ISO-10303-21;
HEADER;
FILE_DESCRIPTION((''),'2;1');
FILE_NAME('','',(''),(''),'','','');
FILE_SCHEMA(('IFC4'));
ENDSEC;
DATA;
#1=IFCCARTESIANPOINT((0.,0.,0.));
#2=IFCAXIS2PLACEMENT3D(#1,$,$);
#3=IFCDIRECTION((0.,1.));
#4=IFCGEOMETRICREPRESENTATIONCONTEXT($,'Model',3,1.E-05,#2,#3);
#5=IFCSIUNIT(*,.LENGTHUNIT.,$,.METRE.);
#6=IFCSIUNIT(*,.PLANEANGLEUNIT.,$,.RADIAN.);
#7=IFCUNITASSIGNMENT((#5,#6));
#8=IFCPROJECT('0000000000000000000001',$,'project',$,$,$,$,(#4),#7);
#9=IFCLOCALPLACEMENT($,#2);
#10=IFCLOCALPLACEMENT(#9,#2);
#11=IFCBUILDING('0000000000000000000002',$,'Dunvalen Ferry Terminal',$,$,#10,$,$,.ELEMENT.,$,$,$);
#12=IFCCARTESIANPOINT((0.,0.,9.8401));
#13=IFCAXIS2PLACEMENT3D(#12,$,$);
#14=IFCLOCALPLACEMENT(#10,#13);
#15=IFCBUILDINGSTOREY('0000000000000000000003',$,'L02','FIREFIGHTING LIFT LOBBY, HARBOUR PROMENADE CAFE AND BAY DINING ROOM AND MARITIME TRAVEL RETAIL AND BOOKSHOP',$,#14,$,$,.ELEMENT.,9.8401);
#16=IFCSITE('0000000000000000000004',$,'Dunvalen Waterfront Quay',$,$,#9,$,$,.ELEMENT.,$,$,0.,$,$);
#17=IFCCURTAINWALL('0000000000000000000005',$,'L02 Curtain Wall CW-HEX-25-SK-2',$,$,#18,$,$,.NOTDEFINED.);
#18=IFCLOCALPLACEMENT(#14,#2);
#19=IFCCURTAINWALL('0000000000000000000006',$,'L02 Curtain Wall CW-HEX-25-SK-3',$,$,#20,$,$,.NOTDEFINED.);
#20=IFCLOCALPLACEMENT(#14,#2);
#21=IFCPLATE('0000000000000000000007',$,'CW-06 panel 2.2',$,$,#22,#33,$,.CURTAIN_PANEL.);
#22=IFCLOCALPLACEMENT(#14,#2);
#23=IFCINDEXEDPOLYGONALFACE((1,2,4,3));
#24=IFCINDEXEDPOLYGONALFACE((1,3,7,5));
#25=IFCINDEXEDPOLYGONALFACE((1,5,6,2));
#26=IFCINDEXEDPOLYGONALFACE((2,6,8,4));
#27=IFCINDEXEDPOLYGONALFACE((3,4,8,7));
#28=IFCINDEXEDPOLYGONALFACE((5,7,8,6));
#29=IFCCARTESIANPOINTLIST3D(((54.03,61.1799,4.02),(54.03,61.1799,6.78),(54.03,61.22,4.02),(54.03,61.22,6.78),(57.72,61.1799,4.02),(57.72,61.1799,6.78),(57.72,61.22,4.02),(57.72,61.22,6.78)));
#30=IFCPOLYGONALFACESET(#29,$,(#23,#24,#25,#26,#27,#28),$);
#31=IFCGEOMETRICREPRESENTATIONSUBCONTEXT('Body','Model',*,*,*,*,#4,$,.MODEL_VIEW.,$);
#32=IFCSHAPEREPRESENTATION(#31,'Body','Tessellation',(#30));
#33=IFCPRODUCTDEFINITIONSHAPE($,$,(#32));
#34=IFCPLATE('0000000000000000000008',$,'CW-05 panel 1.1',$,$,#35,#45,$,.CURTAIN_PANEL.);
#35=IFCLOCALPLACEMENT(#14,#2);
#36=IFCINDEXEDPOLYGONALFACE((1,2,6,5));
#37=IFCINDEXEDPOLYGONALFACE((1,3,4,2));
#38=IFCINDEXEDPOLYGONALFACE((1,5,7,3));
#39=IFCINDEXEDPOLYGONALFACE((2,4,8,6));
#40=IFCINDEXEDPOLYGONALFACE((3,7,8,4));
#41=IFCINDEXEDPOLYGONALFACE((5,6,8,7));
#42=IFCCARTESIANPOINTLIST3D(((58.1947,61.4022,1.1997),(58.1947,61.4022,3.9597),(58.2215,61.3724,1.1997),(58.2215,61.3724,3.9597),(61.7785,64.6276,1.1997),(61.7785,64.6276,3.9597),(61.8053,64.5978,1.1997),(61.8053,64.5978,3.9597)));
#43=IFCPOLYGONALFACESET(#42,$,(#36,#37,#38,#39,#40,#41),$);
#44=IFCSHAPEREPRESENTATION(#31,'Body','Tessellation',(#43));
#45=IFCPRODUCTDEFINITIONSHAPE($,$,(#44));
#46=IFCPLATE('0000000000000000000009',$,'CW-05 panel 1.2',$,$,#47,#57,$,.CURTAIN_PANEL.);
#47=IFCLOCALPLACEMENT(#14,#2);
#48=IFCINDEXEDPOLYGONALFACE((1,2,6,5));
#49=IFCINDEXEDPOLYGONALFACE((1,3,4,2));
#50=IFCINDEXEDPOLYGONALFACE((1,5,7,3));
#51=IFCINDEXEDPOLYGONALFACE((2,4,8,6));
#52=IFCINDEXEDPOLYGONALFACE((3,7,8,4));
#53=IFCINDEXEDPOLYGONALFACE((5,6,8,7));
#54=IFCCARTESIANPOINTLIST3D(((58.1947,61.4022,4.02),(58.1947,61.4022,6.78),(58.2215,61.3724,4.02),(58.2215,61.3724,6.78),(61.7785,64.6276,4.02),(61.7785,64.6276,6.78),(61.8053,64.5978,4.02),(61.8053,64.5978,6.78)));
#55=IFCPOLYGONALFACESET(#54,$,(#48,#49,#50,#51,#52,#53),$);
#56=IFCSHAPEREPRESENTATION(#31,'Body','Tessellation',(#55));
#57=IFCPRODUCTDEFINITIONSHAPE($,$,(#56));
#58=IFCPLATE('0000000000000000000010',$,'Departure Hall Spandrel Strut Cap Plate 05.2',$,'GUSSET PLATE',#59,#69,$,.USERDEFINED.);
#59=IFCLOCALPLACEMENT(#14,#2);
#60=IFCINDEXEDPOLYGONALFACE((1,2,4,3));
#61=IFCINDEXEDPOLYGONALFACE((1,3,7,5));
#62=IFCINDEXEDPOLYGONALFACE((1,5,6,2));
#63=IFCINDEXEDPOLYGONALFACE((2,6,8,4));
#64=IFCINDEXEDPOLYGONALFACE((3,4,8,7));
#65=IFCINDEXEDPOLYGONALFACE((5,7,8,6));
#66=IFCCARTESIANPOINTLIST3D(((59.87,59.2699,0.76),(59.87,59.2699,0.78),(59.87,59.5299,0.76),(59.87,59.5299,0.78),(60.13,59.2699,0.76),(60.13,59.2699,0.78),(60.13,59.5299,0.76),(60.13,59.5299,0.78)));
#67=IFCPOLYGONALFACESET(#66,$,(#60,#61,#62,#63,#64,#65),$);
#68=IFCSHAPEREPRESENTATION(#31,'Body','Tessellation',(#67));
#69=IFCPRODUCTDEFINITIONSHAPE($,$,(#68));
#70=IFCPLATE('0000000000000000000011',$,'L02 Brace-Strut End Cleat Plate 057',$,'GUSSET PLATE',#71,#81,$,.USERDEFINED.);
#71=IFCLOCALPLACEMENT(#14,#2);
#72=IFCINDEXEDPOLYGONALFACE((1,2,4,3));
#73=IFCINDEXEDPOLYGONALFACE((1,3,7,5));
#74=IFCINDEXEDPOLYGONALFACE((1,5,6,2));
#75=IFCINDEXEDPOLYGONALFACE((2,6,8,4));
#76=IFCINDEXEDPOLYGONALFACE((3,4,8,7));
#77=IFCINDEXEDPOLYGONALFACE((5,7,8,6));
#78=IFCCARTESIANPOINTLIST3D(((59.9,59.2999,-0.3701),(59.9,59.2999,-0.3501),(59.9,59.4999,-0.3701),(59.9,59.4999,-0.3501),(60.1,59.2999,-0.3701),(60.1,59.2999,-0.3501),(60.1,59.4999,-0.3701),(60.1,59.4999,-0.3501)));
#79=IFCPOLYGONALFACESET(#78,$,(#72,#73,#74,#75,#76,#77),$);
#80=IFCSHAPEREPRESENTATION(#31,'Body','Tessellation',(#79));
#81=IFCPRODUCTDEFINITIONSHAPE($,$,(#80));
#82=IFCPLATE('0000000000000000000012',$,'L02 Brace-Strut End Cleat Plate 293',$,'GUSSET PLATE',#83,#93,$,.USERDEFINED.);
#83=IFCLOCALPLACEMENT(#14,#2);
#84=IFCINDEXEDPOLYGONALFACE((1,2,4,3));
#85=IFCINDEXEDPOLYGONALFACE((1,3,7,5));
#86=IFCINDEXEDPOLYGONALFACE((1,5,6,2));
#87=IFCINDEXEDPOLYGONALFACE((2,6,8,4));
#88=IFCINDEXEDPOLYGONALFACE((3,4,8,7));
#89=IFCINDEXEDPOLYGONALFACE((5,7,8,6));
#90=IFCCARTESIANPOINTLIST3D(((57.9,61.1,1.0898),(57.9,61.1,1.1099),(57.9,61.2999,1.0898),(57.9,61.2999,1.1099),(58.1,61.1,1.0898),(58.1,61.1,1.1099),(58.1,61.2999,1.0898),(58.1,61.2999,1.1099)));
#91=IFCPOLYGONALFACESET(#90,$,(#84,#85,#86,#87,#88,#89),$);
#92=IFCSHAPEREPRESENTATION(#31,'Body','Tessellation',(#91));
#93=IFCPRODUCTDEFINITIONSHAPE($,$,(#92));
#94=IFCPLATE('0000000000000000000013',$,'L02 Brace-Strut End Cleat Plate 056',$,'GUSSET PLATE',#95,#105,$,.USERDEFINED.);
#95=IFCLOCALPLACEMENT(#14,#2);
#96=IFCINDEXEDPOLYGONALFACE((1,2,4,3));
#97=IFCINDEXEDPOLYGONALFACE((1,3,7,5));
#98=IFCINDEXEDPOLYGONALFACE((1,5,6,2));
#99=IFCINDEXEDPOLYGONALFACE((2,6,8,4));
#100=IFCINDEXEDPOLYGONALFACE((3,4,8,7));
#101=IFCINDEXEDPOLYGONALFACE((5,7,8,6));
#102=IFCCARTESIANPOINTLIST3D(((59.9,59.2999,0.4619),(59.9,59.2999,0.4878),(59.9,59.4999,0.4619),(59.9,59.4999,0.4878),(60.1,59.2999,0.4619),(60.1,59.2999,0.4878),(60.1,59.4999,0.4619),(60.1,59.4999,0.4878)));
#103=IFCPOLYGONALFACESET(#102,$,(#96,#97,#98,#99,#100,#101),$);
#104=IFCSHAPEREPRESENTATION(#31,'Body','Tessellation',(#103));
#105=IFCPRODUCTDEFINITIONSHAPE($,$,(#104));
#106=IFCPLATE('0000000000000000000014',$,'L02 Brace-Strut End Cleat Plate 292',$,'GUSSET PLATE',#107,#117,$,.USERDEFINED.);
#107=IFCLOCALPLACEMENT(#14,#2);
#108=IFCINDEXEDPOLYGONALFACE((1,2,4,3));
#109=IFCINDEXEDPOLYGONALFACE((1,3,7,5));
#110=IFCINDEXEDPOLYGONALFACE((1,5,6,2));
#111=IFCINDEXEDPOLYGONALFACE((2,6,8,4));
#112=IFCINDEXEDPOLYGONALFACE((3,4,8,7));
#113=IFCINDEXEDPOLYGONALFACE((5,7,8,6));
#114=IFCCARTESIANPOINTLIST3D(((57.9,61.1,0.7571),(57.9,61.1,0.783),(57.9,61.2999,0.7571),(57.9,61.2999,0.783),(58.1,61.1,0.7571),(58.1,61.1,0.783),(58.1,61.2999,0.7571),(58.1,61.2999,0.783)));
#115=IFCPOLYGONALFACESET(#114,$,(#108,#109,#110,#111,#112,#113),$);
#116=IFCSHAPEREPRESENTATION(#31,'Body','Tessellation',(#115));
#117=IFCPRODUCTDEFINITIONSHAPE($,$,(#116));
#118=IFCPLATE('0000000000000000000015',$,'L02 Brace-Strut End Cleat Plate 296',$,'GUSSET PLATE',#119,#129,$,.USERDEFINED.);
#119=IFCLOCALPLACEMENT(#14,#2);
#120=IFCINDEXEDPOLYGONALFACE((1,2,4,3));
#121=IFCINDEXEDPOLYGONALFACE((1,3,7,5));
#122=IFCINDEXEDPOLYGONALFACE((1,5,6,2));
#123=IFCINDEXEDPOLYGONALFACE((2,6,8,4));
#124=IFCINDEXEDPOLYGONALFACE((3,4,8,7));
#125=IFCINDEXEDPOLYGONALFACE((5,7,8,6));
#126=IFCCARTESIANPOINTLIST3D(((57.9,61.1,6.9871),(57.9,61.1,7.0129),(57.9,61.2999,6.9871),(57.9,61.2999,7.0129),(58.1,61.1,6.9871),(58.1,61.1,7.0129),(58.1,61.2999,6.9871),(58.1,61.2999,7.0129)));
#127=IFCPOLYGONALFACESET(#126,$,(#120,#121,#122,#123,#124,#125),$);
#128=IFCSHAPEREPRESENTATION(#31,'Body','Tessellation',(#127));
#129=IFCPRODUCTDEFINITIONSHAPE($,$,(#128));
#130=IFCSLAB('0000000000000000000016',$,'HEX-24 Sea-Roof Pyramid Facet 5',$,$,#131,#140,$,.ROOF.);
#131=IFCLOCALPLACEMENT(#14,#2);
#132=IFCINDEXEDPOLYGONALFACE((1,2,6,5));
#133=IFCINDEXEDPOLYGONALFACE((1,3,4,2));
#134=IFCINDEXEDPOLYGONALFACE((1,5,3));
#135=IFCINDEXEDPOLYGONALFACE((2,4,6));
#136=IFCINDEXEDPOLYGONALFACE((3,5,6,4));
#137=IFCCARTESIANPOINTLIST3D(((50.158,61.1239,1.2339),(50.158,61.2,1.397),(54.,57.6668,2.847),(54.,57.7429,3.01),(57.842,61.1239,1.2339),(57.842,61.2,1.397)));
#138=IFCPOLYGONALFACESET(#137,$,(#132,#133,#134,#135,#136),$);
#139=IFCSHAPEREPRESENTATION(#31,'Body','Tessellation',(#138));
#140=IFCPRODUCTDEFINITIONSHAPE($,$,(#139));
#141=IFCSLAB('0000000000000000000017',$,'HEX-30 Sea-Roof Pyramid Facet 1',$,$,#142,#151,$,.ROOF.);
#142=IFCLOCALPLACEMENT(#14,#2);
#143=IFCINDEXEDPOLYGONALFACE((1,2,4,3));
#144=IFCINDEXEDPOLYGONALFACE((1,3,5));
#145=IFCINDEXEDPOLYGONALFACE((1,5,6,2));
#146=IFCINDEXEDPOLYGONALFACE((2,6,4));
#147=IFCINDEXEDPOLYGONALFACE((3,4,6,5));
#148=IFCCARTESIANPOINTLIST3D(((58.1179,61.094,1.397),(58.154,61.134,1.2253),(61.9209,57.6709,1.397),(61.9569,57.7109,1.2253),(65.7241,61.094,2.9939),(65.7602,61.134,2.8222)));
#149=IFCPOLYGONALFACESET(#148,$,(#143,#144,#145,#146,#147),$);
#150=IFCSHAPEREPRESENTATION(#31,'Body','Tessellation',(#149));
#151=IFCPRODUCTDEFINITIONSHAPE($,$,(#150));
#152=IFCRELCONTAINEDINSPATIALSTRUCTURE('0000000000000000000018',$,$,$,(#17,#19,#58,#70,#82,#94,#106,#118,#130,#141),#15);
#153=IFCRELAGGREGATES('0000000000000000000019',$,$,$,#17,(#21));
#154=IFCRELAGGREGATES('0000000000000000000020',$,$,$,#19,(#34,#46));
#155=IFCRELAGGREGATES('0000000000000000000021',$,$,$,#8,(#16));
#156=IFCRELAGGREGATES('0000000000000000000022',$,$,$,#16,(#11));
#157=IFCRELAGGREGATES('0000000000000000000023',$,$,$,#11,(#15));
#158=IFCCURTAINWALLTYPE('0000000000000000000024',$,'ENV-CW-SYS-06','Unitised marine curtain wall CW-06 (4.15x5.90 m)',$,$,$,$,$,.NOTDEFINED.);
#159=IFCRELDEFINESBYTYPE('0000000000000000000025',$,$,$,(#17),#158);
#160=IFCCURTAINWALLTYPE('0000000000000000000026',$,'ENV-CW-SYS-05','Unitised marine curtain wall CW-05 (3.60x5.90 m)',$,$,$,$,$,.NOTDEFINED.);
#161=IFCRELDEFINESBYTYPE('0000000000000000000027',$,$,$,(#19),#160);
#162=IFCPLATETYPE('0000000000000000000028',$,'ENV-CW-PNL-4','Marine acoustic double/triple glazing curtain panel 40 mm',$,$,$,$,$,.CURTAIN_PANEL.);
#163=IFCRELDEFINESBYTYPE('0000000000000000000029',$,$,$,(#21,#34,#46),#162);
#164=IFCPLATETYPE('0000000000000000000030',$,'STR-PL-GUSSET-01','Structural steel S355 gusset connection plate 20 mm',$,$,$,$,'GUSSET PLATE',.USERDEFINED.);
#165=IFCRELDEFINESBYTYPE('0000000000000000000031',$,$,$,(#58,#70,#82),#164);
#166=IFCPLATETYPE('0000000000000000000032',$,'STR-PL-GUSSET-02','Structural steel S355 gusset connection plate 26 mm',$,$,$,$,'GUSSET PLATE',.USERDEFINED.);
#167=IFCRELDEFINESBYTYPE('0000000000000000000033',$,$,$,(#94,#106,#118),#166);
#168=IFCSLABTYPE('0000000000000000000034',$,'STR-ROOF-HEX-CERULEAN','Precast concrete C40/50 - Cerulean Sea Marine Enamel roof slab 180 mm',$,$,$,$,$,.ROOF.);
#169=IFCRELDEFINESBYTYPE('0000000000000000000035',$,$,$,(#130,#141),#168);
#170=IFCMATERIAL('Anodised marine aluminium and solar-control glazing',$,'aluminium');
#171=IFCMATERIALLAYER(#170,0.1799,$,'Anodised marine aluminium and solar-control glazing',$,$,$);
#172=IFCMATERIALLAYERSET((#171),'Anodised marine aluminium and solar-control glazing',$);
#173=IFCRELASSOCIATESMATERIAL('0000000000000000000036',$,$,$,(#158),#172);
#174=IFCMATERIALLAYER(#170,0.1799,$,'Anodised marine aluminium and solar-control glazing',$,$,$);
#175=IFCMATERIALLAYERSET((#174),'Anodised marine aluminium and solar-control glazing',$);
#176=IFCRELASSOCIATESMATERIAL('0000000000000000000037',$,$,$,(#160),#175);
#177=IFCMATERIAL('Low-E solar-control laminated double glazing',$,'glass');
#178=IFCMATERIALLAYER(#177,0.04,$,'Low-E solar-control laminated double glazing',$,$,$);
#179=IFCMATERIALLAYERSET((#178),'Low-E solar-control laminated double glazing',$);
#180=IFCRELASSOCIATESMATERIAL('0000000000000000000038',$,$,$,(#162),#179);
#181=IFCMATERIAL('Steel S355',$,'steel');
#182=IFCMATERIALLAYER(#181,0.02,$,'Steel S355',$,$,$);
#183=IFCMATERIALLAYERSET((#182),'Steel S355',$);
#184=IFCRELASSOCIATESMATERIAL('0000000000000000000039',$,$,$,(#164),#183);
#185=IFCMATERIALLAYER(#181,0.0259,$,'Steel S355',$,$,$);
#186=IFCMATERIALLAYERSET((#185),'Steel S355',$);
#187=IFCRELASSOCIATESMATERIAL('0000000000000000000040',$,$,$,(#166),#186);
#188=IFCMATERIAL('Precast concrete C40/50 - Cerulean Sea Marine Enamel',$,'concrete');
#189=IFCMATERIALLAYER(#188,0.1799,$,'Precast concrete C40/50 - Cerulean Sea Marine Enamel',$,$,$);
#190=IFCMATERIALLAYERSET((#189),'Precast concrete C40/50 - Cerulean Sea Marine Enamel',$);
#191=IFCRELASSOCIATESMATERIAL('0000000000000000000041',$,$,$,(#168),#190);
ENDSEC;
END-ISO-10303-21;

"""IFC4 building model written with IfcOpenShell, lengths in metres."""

from ifc_helpers import new_model, si_unit, direction, frame, origin, origin_2d, place, context, subcontext, project, spatial, polyline, rectangle, outline, extrude, material, layer, layer_set, type_object, element, aggregate, save


model = new_model("IFC4")

# Units and contexts
model_context = context("Model", 3, precision=1e-05, world=origin(), true_north=direction((0.0, 1.0)))
body_context = subcontext(model_context, "Body", "Model", "MODEL_VIEW")
ifc_project = project(units=[si_unit("LENGTHUNIT", "METRE"), si_unit("PLANEANGLEUNIT", "RADIAN")], contexts=[model_context])

# Site, building, storey
site_placement = place(None, origin())
site = spatial("IfcSite", under=ifc_project, at=site_placement, Name="Dunvalen Waterfront Quay", CompositionType="ELEMENT", RefElevation=0.0)
building_placement = place(site_placement, origin())
building = spatial("IfcBuilding", under=site, at=building_placement, Name="Dunvalen Ferry Terminal", CompositionType="ELEMENT")
storey_placement = place(building_placement, frame((0.0, 0.0, 9.8401)))
storey = spatial("IfcBuildingStorey", under=building, at=storey_placement, Name="L02", Description="FIREFIGHTING LIFT LOBBY, HARBOUR PROMENADE CAFE AND BAY DINING ROOM AND MARITIME TRAVEL RETAIL AND BOOKSHOP", CompositionType="ELEMENT", Elevation=9.8401)

# Curtain wall
ifc_material_1 = material(Name="Anodised marine aluminium and solar-control glazing", Category="aluminium")
ifc_layer_1 = layer(ifc_material_1, 0.1799, Name="Anodised marine aluminium and solar-control glazing")
ifc_layer_set_1 = layer_set([ifc_layer_1], Name="Anodised marine aluminium and solar-control glazing")
curtain_wall_type_1 = type_object("IfcCurtainWallType", Name="ENV-CW-SYS-06", Description="Unitised marine curtain wall CW-06 (4.15x5.90 m)", PredefinedType="NOTDEFINED", material=ifc_layer_set_1)
curtain_wall_1_placement = place(storey_placement, origin())
curtain_wall_1 = element("IfcCurtainWall", 1, at=curtain_wall_1_placement, inside=storey, type_object=curtain_wall_type_1, Name="L02 Curtain Wall CW-HEX-25-SK-2", PredefinedType="NOTDEFINED")

# Curtain wall
ifc_layer_2 = layer(ifc_material_1, 0.1799, Name="Anodised marine aluminium and solar-control glazing")
ifc_layer_set_2 = layer_set([ifc_layer_2], Name="Anodised marine aluminium and solar-control glazing")
curtain_wall_type_2 = type_object("IfcCurtainWallType", Name="ENV-CW-SYS-05", Description="Unitised marine curtain wall CW-05 (3.60x5.90 m)", PredefinedType="NOTDEFINED", material=ifc_layer_set_2)
curtain_wall_2_placement = place(storey_placement, origin())
curtain_wall_2 = element("IfcCurtainWall", 2, at=curtain_wall_2_placement, inside=storey, type_object=curtain_wall_type_2, Name="L02 Curtain Wall CW-HEX-25-SK-3", PredefinedType="NOTDEFINED")

# Shared definitions
ifc_material_2 = material(Name="Steel S355", Category="steel")

# Plates
ifc_material_3 = material(Name="Low-E solar-control laminated double glazing", Category="glass")
ifc_layer_3 = layer(ifc_material_3, 0.04, Name="Low-E solar-control laminated double glazing")
ifc_layer_set_3 = layer_set([ifc_layer_3], Name="Low-E solar-control laminated double glazing")
plate_type_1 = type_object("IfcPlateType", Name="ENV-CW-PNL-4", Description="Marine acoustic double/triple glazing curtain panel 40 mm", PredefinedType="CURTAIN_PANEL", material=ifc_layer_set_3)
plate_1_placement = place(storey_placement, frame((55.875, 61.2, 4.02), z_axis=(0.0, 0.0, 1.0), x_axis=(1.0, 0.0, 0.0)))
plate_1 = element("IfcPlate", 3, at=plate_1_placement, type_object=plate_type_1, Name="CW-06 panel 2.2", PredefinedType="CURTAIN_PANEL", context=body_context, shape_type="SweptSolid", body=[
    extrude(rectangle(XDim=3.6899, YDim=0.04, at=origin_2d()), origin(), (0.0, 0.0, 1.0), 2.76),
])
aggregate(curtain_wall_1, [plate_1])
plate_2_placement = place(storey_placement, frame((60.0, 63.0, 1.1997), z_axis=(0.0, 0.0, 1.0), x_axis=(0.743304, 0.668954, 0.0)))
plate_2 = element("IfcPlate", 4, at=plate_2_placement, type_object=plate_type_1, Name="CW-05 panel 1.1", PredefinedType="CURTAIN_PANEL", context=body_context, shape_type="SweptSolid", body=[
    extrude(rectangle(XDim=4.8215, YDim=0.04, at=origin_2d()), origin(), (0.0, 0.0, 1.0), 2.76),
])
plate_3_placement = place(storey_placement, frame((60.0, 63.0, 4.02), z_axis=(0.0, 0.0, 1.0), x_axis=(0.743304, 0.668954, 0.0)))
plate_3 = element("IfcPlate", 5, at=plate_3_placement, type_object=plate_type_1, Name="CW-05 panel 1.2", PredefinedType="CURTAIN_PANEL", context=body_context, shape_type="SweptSolid", body=[
    extrude(rectangle(XDim=4.8215, YDim=0.04, at=origin_2d()), origin(), (0.0, 0.0, 1.0), 2.76),
])
aggregate(curtain_wall_2, [plate_2, plate_3])

# Plates
ifc_layer_4 = layer(ifc_material_2, 0.02, Name="Steel S355")
ifc_layer_set_4 = layer_set([ifc_layer_4], Name="Steel S355")
plate_type_2 = type_object("IfcPlateType", Name="STR-PL-GUSSET-01", Description="Structural steel S355 gusset connection plate 20 mm", ElementType="GUSSET PLATE", PredefinedType="USERDEFINED", material=ifc_layer_set_4)
plate_4_placement = place(storey_placement, frame((60.0, 59.3999, 0.76), z_axis=(0.0, 0.0, 1.0), x_axis=(1.0, 0.0, 0.0)))
element("IfcPlate", 6, at=plate_4_placement, inside=storey, type_object=plate_type_2, Name="Departure Hall Spandrel Strut Cap Plate 05.2", ObjectType="GUSSET PLATE", PredefinedType="USERDEFINED", context=body_context, shape_type="SweptSolid", body=[
    extrude(rectangle(XDim=0.26, YDim=0.26, at=origin_2d()), origin(), (0.0, 0.0, 1.0), 0.02),
])
for number, where, z_axis, x_axis, name in (
    (7, (60.0, 59.3999, -0.3701), (0.0, 0.0, 1.0), (1.0, 0.0, 0.0), "L02 Brace-Strut End Cleat Plate 057"),
    (8, (58.0, 61.2, 1.0898), (0.0, 0.0, 1.0), (1.0, 0.0, 0.0), "L02 Brace-Strut End Cleat Plate 293"),
):
    element("IfcPlate", number, at=place(storey_placement, frame(where, z_axis=z_axis, x_axis=x_axis)), inside=storey, type_object=plate_type_2, Name=name, ObjectType="GUSSET PLATE", PredefinedType="USERDEFINED", context=body_context, shape_type="SweptSolid", body=[
        extrude(rectangle(XDim=0.2, YDim=0.2, at=origin_2d()), origin(), (0.0, 0.0, 1.0), 0.02),
    ])
ifc_layer_5 = layer(ifc_material_2, 0.0259, Name="Steel S355")
ifc_layer_set_5 = layer_set([ifc_layer_5], Name="Steel S355")
plate_type_3 = type_object("IfcPlateType", Name="STR-PL-GUSSET-02", Description="Structural steel S355 gusset connection plate 26 mm", ElementType="GUSSET PLATE", PredefinedType="USERDEFINED", material=ifc_layer_set_5)
for number, where, z_axis, x_axis, name in (
    (9, (60.0, 59.3999, 0.4619), (0.0, 0.0, 1.0), (1.0, 0.0, 0.0), "L02 Brace-Strut End Cleat Plate 056"),
    (10, (58.0, 61.2, 0.7571), (0.0, 0.0, 1.0), (1.0, 0.0, 0.0), "L02 Brace-Strut End Cleat Plate 292"),
    (11, (58.0, 61.2, 6.9871), (0.0, 0.0, 1.0), (1.0, 0.0, 0.0), "L02 Brace-Strut End Cleat Plate 296"),
):
    element("IfcPlate", number, at=place(storey_placement, frame(where, z_axis=z_axis, x_axis=x_axis)), inside=storey, type_object=plate_type_3, Name=name, ObjectType="GUSSET PLATE", PredefinedType="USERDEFINED", context=body_context, shape_type="SweptSolid", body=[
        extrude(rectangle(XDim=0.2, YDim=0.2, at=origin_2d()), origin(), (0.0, 0.0, 1.0), 0.0259),
    ])

# Slabs
ifc_material_4 = material(Name="Precast concrete C40/50 - Cerulean Sea Marine Enamel", Category="concrete")
ifc_layer_6 = layer(ifc_material_4, 0.1799, Name="Precast concrete C40/50 - Cerulean Sea Marine Enamel")
ifc_layer_set_6 = layer_set([ifc_layer_6], Name="Precast concrete C40/50 - Cerulean Sea Marine Enamel")
slab_type = type_object("IfcSlabType", Name="STR-ROOF-HEX-CERULEAN", Description="Precast concrete C40/50 - Cerulean Sea Marine Enamel roof slab 180 mm", PredefinedType="ROOF", material=ifc_layer_set_6)
slab_1_placement = place(storey_placement, frame((57.842, 61.2, 1.397), z_axis=(0.0, 0.422833, 0.906208), x_axis=(-1.0, 0.0, 0.0)))
element("IfcSlab", 12, at=slab_1_placement, inside=storey, type_object=slab_type, Name="HEX-24 Sea-Roof Pyramid Facet 5", PredefinedType="ROOF", context=body_context, shape_type="SweptSolid", body=[
    extrude(outline(polyline([(0.0, 0.0), (7.6841, 0.0), (3.842, 3.8148), (0.0, 0.0)])), origin(), (0.0, 0.0, -1.0), 0.1799),
])
slab_2_placement = place(storey_placement, frame((58.1179, 61.094, 1.397), z_axis=(-0.200318, -0.222548, 0.95412), x_axis=(0.743254, -0.66901, 0.0)))
element("IfcSlab", 13, at=slab_2_placement, inside=storey, type_object=slab_type, Name="HEX-30 Sea-Roof Pyramid Facet 1", PredefinedType="ROOF", context=body_context, shape_type="SweptSolid", body=[
    extrude(outline(polyline([(0.0, 0.0), (5.1167, 0.0), (5.6533, 5.3333), (0.0, 0.0)])), origin(), (0.0, 0.0, -1.0), 0.1799),
])

save(model, "model.ifc")
